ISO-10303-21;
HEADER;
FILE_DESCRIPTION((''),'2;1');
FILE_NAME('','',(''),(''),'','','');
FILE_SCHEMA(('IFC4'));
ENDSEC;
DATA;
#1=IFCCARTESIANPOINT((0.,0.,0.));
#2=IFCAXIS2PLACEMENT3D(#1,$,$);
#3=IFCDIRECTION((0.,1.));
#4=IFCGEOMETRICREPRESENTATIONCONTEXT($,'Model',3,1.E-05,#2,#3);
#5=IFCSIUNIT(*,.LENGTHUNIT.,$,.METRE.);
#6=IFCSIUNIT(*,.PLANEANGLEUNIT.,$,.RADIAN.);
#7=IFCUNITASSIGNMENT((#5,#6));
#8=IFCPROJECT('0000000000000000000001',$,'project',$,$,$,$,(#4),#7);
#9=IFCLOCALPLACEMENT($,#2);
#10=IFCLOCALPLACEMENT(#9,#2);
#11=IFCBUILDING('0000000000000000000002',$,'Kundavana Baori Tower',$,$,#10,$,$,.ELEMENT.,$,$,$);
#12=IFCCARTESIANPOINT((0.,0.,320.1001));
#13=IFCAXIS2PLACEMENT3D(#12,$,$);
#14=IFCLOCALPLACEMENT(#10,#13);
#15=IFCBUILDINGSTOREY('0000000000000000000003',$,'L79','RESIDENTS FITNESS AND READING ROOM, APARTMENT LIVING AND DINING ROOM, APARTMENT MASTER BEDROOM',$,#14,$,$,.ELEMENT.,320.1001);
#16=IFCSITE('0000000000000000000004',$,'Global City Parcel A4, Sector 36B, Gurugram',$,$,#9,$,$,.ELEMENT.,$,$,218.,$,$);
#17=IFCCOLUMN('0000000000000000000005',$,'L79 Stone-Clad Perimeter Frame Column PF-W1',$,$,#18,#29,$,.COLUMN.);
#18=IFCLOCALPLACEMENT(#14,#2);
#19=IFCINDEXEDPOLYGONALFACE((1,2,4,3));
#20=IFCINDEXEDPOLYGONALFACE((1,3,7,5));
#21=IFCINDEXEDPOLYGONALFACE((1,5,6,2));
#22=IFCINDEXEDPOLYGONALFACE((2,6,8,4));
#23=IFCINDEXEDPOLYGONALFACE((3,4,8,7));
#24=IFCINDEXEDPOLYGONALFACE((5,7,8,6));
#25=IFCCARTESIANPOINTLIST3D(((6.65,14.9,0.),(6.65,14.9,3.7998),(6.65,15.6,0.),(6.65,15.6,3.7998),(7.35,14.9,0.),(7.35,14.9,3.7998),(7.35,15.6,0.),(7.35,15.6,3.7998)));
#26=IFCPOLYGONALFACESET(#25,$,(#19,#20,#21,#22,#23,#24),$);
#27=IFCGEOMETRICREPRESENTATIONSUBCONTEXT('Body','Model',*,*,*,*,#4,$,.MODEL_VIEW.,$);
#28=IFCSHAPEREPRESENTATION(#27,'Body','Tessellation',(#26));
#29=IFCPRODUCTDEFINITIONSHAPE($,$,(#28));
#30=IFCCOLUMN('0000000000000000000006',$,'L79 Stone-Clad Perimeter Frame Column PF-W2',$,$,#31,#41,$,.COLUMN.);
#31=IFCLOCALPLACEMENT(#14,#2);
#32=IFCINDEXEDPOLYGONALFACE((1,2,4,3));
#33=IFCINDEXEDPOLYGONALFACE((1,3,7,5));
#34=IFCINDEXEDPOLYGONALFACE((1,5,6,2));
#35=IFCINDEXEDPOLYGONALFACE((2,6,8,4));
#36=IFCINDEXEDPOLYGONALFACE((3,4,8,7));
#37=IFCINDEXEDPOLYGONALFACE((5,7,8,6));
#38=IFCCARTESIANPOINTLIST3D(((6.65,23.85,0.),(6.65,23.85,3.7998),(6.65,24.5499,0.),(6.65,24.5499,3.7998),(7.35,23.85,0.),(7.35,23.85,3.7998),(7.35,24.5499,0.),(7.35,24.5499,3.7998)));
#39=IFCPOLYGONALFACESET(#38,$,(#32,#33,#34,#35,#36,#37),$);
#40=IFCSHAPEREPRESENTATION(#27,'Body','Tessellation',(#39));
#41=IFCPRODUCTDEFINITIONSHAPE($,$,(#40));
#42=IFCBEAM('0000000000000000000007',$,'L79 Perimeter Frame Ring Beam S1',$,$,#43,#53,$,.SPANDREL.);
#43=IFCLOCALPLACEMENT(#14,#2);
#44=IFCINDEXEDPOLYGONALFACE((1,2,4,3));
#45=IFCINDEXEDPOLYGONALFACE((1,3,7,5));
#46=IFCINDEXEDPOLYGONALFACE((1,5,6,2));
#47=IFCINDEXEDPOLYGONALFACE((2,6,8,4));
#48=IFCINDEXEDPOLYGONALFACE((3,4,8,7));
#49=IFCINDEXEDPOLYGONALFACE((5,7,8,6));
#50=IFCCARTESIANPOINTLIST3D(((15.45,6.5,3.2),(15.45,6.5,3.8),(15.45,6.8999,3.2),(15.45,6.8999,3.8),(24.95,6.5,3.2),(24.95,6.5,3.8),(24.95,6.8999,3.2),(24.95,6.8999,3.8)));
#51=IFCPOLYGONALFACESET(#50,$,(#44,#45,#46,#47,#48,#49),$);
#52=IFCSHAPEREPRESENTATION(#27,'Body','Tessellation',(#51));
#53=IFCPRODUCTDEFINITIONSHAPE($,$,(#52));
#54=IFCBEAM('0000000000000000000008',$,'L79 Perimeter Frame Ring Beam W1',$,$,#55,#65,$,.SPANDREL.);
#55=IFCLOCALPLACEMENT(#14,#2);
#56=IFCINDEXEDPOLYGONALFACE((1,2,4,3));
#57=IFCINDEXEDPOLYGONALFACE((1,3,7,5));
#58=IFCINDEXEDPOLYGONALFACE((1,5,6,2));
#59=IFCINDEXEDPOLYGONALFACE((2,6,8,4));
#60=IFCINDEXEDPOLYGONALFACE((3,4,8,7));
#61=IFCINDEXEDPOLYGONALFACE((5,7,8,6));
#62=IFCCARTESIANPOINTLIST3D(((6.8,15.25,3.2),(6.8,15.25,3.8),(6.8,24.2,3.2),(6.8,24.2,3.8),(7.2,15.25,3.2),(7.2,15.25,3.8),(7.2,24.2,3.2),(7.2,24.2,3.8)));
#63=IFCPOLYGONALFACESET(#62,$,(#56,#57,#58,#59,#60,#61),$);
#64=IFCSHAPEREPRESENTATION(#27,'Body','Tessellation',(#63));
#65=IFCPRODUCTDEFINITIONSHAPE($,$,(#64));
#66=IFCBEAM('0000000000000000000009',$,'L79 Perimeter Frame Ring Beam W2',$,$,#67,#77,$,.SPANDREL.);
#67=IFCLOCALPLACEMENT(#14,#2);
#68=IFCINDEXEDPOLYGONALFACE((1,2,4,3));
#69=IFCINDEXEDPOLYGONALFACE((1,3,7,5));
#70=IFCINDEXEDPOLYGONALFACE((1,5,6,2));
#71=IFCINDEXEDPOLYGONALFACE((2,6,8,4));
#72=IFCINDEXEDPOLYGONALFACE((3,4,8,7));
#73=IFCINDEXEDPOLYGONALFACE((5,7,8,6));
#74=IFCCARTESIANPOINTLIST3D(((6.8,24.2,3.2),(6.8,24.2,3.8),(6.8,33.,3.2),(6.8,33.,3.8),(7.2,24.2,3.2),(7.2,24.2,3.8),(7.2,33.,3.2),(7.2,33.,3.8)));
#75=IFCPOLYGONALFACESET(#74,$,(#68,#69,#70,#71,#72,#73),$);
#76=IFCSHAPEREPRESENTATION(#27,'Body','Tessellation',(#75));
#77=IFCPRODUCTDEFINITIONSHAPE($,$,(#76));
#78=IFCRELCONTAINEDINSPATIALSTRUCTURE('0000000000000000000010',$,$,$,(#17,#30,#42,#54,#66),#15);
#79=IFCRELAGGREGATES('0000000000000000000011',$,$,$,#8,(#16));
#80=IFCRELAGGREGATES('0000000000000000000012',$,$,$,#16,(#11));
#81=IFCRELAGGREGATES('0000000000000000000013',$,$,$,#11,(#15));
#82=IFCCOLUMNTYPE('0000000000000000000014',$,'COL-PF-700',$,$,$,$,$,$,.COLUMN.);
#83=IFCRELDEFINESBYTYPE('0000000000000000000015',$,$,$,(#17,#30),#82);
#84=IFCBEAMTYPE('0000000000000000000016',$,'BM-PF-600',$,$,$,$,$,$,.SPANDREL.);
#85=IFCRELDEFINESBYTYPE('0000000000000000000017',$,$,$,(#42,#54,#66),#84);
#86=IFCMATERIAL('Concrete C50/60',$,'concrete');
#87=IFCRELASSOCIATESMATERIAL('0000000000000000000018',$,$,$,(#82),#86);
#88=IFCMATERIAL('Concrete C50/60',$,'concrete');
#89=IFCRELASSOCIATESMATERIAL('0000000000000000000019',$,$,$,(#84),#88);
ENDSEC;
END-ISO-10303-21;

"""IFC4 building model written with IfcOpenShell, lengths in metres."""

from ifc_helpers import new_model, si_unit, direction, frame, origin, origin_2d, place, context, subcontext, project, spatial, rectangle, extrude, material, material_profile, profile_set, type_object, element, save


model = new_model("IFC4")

# Units and contexts
model_context = context("Model", 3, precision=1e-05, world=origin(), true_north=direction((0.0, 1.0)))
body_context = subcontext(model_context, "Body", "Model", "MODEL_VIEW")
ifc_project = project(units=[si_unit("LENGTHUNIT", "METRE"), si_unit("PLANEANGLEUNIT", "RADIAN")], contexts=[model_context])

# Site, building, storey
site_placement = place(None, origin())
site = spatial("IfcSite", under=ifc_project, at=site_placement, Name="Global City Parcel A4, Sector 36B, Gurugram", CompositionType="ELEMENT", RefElevation=218.0)
building_placement = place(site_placement, origin())
building = spatial("IfcBuilding", under=site, at=building_placement, Name="Kundavana Baori Tower", CompositionType="ELEMENT")
storey_placement = place(building_placement, frame((0.0, 0.0, 320.1001)))
storey = spatial("IfcBuildingStorey", under=building, at=storey_placement, Name="L79", Description="RESIDENTS FITNESS AND READING ROOM, APARTMENT LIVING AND DINING ROOM, APARTMENT MASTER BEDROOM", CompositionType="ELEMENT", Elevation=320.1001)

# Columns
ifc_material_1 = material(Name="Concrete C50/60", Category="concrete")
ifc_material_profile_1 = material_profile(ifc_material_1, rectangle(XDim=0.7, YDim=0.7, at=origin_2d()), Name="RC PF 700x700")
ifc_profile_set_1 = profile_set([ifc_material_profile_1], Name="Concrete C50/60")
column_type = type_object("IfcColumnType", Name="COL-PF-700", PredefinedType="COLUMN", material=ifc_profile_set_1)
for number, where, z_axis, x_axis, name in (
    (1, (7.0, 15.25, 0.0), (0.0, 0.0, 1.0), (1.0, 0.0, 0.0), "L79 Stone-Clad Perimeter Frame Column PF-W1"),
    (2, (7.0, 24.2, 0.0), (0.0, 0.0, 1.0), (1.0, 0.0, 0.0), "L79 Stone-Clad Perimeter Frame Column PF-W2"),
):
    element("IfcColumn", number, at=place(storey_placement, frame(where, z_axis=z_axis, x_axis=x_axis)), inside=storey, type_object=column_type, Name=name, PredefinedType="COLUMN", context=body_context, shape_type="SweptSolid", body=[
        extrude(rectangle(XDim=0.7, YDim=0.7, at=origin_2d()), origin(), (0.0, 0.0, 1.0), 3.7998),
    ])

# Beams
ifc_material_2 = material(Name="Concrete C50/60", Category="concrete")
ifc_material_profile_2 = material_profile(ifc_material_2, rectangle(XDim=0.3999, YDim=0.6001, at=origin_2d()), Name="RC BM 400x600")
ifc_profile_set_2 = profile_set([ifc_material_profile_2], Name="Concrete C50/60")
beam_type = type_object("IfcBeamType", Name="BM-PF-600", PredefinedType="SPANDREL", material=ifc_profile_set_2)
beam_1_placement = place(storey_placement, frame((15.45, 6.7, 3.5), z_axis=(1.0, 0.0, 0.0), x_axis=(0.0, 1.0, 0.0)))
element("IfcBeam", 3, at=beam_1_placement, inside=storey, type_object=beam_type, Name="L79 Perimeter Frame Ring Beam S1", PredefinedType="SPANDREL", context=body_context, shape_type="SweptSolid", body=[
    extrude(rectangle(XDim=0.3999, YDim=0.6001, at=origin_2d()), origin(), (0.0, 0.0, 1.0), 9.5),
])
beam_2_placement = place(storey_placement, frame((7.0, 15.25, 3.5), z_axis=(0.0, 1.0, 0.0), x_axis=(-1.0, 0.0, 0.0)))
element("IfcBeam", 4, at=beam_2_placement, inside=storey, type_object=beam_type, Name="L79 Perimeter Frame Ring Beam W1", PredefinedType="SPANDREL", context=body_context, shape_type="SweptSolid", body=[
    extrude(rectangle(XDim=0.3999, YDim=0.6001, at=origin_2d()), origin(), (0.0, 0.0, 1.0), 8.95),
])
beam_3_placement = place(storey_placement, frame((7.0, 24.2, 3.5), z_axis=(0.0, 1.0, 0.0), x_axis=(-1.0, 0.0, 0.0)))
element("IfcBeam", 5, at=beam_3_placement, inside=storey, type_object=beam_type, Name="L79 Perimeter Frame Ring Beam W2", PredefinedType="SPANDREL", context=body_context, shape_type="SweptSolid", body=[
    extrude(rectangle(XDim=0.3999, YDim=0.6001, at=origin_2d()), origin(), (0.0, 0.0, 1.0), 8.8),
])

save(model, "model.ifc")
